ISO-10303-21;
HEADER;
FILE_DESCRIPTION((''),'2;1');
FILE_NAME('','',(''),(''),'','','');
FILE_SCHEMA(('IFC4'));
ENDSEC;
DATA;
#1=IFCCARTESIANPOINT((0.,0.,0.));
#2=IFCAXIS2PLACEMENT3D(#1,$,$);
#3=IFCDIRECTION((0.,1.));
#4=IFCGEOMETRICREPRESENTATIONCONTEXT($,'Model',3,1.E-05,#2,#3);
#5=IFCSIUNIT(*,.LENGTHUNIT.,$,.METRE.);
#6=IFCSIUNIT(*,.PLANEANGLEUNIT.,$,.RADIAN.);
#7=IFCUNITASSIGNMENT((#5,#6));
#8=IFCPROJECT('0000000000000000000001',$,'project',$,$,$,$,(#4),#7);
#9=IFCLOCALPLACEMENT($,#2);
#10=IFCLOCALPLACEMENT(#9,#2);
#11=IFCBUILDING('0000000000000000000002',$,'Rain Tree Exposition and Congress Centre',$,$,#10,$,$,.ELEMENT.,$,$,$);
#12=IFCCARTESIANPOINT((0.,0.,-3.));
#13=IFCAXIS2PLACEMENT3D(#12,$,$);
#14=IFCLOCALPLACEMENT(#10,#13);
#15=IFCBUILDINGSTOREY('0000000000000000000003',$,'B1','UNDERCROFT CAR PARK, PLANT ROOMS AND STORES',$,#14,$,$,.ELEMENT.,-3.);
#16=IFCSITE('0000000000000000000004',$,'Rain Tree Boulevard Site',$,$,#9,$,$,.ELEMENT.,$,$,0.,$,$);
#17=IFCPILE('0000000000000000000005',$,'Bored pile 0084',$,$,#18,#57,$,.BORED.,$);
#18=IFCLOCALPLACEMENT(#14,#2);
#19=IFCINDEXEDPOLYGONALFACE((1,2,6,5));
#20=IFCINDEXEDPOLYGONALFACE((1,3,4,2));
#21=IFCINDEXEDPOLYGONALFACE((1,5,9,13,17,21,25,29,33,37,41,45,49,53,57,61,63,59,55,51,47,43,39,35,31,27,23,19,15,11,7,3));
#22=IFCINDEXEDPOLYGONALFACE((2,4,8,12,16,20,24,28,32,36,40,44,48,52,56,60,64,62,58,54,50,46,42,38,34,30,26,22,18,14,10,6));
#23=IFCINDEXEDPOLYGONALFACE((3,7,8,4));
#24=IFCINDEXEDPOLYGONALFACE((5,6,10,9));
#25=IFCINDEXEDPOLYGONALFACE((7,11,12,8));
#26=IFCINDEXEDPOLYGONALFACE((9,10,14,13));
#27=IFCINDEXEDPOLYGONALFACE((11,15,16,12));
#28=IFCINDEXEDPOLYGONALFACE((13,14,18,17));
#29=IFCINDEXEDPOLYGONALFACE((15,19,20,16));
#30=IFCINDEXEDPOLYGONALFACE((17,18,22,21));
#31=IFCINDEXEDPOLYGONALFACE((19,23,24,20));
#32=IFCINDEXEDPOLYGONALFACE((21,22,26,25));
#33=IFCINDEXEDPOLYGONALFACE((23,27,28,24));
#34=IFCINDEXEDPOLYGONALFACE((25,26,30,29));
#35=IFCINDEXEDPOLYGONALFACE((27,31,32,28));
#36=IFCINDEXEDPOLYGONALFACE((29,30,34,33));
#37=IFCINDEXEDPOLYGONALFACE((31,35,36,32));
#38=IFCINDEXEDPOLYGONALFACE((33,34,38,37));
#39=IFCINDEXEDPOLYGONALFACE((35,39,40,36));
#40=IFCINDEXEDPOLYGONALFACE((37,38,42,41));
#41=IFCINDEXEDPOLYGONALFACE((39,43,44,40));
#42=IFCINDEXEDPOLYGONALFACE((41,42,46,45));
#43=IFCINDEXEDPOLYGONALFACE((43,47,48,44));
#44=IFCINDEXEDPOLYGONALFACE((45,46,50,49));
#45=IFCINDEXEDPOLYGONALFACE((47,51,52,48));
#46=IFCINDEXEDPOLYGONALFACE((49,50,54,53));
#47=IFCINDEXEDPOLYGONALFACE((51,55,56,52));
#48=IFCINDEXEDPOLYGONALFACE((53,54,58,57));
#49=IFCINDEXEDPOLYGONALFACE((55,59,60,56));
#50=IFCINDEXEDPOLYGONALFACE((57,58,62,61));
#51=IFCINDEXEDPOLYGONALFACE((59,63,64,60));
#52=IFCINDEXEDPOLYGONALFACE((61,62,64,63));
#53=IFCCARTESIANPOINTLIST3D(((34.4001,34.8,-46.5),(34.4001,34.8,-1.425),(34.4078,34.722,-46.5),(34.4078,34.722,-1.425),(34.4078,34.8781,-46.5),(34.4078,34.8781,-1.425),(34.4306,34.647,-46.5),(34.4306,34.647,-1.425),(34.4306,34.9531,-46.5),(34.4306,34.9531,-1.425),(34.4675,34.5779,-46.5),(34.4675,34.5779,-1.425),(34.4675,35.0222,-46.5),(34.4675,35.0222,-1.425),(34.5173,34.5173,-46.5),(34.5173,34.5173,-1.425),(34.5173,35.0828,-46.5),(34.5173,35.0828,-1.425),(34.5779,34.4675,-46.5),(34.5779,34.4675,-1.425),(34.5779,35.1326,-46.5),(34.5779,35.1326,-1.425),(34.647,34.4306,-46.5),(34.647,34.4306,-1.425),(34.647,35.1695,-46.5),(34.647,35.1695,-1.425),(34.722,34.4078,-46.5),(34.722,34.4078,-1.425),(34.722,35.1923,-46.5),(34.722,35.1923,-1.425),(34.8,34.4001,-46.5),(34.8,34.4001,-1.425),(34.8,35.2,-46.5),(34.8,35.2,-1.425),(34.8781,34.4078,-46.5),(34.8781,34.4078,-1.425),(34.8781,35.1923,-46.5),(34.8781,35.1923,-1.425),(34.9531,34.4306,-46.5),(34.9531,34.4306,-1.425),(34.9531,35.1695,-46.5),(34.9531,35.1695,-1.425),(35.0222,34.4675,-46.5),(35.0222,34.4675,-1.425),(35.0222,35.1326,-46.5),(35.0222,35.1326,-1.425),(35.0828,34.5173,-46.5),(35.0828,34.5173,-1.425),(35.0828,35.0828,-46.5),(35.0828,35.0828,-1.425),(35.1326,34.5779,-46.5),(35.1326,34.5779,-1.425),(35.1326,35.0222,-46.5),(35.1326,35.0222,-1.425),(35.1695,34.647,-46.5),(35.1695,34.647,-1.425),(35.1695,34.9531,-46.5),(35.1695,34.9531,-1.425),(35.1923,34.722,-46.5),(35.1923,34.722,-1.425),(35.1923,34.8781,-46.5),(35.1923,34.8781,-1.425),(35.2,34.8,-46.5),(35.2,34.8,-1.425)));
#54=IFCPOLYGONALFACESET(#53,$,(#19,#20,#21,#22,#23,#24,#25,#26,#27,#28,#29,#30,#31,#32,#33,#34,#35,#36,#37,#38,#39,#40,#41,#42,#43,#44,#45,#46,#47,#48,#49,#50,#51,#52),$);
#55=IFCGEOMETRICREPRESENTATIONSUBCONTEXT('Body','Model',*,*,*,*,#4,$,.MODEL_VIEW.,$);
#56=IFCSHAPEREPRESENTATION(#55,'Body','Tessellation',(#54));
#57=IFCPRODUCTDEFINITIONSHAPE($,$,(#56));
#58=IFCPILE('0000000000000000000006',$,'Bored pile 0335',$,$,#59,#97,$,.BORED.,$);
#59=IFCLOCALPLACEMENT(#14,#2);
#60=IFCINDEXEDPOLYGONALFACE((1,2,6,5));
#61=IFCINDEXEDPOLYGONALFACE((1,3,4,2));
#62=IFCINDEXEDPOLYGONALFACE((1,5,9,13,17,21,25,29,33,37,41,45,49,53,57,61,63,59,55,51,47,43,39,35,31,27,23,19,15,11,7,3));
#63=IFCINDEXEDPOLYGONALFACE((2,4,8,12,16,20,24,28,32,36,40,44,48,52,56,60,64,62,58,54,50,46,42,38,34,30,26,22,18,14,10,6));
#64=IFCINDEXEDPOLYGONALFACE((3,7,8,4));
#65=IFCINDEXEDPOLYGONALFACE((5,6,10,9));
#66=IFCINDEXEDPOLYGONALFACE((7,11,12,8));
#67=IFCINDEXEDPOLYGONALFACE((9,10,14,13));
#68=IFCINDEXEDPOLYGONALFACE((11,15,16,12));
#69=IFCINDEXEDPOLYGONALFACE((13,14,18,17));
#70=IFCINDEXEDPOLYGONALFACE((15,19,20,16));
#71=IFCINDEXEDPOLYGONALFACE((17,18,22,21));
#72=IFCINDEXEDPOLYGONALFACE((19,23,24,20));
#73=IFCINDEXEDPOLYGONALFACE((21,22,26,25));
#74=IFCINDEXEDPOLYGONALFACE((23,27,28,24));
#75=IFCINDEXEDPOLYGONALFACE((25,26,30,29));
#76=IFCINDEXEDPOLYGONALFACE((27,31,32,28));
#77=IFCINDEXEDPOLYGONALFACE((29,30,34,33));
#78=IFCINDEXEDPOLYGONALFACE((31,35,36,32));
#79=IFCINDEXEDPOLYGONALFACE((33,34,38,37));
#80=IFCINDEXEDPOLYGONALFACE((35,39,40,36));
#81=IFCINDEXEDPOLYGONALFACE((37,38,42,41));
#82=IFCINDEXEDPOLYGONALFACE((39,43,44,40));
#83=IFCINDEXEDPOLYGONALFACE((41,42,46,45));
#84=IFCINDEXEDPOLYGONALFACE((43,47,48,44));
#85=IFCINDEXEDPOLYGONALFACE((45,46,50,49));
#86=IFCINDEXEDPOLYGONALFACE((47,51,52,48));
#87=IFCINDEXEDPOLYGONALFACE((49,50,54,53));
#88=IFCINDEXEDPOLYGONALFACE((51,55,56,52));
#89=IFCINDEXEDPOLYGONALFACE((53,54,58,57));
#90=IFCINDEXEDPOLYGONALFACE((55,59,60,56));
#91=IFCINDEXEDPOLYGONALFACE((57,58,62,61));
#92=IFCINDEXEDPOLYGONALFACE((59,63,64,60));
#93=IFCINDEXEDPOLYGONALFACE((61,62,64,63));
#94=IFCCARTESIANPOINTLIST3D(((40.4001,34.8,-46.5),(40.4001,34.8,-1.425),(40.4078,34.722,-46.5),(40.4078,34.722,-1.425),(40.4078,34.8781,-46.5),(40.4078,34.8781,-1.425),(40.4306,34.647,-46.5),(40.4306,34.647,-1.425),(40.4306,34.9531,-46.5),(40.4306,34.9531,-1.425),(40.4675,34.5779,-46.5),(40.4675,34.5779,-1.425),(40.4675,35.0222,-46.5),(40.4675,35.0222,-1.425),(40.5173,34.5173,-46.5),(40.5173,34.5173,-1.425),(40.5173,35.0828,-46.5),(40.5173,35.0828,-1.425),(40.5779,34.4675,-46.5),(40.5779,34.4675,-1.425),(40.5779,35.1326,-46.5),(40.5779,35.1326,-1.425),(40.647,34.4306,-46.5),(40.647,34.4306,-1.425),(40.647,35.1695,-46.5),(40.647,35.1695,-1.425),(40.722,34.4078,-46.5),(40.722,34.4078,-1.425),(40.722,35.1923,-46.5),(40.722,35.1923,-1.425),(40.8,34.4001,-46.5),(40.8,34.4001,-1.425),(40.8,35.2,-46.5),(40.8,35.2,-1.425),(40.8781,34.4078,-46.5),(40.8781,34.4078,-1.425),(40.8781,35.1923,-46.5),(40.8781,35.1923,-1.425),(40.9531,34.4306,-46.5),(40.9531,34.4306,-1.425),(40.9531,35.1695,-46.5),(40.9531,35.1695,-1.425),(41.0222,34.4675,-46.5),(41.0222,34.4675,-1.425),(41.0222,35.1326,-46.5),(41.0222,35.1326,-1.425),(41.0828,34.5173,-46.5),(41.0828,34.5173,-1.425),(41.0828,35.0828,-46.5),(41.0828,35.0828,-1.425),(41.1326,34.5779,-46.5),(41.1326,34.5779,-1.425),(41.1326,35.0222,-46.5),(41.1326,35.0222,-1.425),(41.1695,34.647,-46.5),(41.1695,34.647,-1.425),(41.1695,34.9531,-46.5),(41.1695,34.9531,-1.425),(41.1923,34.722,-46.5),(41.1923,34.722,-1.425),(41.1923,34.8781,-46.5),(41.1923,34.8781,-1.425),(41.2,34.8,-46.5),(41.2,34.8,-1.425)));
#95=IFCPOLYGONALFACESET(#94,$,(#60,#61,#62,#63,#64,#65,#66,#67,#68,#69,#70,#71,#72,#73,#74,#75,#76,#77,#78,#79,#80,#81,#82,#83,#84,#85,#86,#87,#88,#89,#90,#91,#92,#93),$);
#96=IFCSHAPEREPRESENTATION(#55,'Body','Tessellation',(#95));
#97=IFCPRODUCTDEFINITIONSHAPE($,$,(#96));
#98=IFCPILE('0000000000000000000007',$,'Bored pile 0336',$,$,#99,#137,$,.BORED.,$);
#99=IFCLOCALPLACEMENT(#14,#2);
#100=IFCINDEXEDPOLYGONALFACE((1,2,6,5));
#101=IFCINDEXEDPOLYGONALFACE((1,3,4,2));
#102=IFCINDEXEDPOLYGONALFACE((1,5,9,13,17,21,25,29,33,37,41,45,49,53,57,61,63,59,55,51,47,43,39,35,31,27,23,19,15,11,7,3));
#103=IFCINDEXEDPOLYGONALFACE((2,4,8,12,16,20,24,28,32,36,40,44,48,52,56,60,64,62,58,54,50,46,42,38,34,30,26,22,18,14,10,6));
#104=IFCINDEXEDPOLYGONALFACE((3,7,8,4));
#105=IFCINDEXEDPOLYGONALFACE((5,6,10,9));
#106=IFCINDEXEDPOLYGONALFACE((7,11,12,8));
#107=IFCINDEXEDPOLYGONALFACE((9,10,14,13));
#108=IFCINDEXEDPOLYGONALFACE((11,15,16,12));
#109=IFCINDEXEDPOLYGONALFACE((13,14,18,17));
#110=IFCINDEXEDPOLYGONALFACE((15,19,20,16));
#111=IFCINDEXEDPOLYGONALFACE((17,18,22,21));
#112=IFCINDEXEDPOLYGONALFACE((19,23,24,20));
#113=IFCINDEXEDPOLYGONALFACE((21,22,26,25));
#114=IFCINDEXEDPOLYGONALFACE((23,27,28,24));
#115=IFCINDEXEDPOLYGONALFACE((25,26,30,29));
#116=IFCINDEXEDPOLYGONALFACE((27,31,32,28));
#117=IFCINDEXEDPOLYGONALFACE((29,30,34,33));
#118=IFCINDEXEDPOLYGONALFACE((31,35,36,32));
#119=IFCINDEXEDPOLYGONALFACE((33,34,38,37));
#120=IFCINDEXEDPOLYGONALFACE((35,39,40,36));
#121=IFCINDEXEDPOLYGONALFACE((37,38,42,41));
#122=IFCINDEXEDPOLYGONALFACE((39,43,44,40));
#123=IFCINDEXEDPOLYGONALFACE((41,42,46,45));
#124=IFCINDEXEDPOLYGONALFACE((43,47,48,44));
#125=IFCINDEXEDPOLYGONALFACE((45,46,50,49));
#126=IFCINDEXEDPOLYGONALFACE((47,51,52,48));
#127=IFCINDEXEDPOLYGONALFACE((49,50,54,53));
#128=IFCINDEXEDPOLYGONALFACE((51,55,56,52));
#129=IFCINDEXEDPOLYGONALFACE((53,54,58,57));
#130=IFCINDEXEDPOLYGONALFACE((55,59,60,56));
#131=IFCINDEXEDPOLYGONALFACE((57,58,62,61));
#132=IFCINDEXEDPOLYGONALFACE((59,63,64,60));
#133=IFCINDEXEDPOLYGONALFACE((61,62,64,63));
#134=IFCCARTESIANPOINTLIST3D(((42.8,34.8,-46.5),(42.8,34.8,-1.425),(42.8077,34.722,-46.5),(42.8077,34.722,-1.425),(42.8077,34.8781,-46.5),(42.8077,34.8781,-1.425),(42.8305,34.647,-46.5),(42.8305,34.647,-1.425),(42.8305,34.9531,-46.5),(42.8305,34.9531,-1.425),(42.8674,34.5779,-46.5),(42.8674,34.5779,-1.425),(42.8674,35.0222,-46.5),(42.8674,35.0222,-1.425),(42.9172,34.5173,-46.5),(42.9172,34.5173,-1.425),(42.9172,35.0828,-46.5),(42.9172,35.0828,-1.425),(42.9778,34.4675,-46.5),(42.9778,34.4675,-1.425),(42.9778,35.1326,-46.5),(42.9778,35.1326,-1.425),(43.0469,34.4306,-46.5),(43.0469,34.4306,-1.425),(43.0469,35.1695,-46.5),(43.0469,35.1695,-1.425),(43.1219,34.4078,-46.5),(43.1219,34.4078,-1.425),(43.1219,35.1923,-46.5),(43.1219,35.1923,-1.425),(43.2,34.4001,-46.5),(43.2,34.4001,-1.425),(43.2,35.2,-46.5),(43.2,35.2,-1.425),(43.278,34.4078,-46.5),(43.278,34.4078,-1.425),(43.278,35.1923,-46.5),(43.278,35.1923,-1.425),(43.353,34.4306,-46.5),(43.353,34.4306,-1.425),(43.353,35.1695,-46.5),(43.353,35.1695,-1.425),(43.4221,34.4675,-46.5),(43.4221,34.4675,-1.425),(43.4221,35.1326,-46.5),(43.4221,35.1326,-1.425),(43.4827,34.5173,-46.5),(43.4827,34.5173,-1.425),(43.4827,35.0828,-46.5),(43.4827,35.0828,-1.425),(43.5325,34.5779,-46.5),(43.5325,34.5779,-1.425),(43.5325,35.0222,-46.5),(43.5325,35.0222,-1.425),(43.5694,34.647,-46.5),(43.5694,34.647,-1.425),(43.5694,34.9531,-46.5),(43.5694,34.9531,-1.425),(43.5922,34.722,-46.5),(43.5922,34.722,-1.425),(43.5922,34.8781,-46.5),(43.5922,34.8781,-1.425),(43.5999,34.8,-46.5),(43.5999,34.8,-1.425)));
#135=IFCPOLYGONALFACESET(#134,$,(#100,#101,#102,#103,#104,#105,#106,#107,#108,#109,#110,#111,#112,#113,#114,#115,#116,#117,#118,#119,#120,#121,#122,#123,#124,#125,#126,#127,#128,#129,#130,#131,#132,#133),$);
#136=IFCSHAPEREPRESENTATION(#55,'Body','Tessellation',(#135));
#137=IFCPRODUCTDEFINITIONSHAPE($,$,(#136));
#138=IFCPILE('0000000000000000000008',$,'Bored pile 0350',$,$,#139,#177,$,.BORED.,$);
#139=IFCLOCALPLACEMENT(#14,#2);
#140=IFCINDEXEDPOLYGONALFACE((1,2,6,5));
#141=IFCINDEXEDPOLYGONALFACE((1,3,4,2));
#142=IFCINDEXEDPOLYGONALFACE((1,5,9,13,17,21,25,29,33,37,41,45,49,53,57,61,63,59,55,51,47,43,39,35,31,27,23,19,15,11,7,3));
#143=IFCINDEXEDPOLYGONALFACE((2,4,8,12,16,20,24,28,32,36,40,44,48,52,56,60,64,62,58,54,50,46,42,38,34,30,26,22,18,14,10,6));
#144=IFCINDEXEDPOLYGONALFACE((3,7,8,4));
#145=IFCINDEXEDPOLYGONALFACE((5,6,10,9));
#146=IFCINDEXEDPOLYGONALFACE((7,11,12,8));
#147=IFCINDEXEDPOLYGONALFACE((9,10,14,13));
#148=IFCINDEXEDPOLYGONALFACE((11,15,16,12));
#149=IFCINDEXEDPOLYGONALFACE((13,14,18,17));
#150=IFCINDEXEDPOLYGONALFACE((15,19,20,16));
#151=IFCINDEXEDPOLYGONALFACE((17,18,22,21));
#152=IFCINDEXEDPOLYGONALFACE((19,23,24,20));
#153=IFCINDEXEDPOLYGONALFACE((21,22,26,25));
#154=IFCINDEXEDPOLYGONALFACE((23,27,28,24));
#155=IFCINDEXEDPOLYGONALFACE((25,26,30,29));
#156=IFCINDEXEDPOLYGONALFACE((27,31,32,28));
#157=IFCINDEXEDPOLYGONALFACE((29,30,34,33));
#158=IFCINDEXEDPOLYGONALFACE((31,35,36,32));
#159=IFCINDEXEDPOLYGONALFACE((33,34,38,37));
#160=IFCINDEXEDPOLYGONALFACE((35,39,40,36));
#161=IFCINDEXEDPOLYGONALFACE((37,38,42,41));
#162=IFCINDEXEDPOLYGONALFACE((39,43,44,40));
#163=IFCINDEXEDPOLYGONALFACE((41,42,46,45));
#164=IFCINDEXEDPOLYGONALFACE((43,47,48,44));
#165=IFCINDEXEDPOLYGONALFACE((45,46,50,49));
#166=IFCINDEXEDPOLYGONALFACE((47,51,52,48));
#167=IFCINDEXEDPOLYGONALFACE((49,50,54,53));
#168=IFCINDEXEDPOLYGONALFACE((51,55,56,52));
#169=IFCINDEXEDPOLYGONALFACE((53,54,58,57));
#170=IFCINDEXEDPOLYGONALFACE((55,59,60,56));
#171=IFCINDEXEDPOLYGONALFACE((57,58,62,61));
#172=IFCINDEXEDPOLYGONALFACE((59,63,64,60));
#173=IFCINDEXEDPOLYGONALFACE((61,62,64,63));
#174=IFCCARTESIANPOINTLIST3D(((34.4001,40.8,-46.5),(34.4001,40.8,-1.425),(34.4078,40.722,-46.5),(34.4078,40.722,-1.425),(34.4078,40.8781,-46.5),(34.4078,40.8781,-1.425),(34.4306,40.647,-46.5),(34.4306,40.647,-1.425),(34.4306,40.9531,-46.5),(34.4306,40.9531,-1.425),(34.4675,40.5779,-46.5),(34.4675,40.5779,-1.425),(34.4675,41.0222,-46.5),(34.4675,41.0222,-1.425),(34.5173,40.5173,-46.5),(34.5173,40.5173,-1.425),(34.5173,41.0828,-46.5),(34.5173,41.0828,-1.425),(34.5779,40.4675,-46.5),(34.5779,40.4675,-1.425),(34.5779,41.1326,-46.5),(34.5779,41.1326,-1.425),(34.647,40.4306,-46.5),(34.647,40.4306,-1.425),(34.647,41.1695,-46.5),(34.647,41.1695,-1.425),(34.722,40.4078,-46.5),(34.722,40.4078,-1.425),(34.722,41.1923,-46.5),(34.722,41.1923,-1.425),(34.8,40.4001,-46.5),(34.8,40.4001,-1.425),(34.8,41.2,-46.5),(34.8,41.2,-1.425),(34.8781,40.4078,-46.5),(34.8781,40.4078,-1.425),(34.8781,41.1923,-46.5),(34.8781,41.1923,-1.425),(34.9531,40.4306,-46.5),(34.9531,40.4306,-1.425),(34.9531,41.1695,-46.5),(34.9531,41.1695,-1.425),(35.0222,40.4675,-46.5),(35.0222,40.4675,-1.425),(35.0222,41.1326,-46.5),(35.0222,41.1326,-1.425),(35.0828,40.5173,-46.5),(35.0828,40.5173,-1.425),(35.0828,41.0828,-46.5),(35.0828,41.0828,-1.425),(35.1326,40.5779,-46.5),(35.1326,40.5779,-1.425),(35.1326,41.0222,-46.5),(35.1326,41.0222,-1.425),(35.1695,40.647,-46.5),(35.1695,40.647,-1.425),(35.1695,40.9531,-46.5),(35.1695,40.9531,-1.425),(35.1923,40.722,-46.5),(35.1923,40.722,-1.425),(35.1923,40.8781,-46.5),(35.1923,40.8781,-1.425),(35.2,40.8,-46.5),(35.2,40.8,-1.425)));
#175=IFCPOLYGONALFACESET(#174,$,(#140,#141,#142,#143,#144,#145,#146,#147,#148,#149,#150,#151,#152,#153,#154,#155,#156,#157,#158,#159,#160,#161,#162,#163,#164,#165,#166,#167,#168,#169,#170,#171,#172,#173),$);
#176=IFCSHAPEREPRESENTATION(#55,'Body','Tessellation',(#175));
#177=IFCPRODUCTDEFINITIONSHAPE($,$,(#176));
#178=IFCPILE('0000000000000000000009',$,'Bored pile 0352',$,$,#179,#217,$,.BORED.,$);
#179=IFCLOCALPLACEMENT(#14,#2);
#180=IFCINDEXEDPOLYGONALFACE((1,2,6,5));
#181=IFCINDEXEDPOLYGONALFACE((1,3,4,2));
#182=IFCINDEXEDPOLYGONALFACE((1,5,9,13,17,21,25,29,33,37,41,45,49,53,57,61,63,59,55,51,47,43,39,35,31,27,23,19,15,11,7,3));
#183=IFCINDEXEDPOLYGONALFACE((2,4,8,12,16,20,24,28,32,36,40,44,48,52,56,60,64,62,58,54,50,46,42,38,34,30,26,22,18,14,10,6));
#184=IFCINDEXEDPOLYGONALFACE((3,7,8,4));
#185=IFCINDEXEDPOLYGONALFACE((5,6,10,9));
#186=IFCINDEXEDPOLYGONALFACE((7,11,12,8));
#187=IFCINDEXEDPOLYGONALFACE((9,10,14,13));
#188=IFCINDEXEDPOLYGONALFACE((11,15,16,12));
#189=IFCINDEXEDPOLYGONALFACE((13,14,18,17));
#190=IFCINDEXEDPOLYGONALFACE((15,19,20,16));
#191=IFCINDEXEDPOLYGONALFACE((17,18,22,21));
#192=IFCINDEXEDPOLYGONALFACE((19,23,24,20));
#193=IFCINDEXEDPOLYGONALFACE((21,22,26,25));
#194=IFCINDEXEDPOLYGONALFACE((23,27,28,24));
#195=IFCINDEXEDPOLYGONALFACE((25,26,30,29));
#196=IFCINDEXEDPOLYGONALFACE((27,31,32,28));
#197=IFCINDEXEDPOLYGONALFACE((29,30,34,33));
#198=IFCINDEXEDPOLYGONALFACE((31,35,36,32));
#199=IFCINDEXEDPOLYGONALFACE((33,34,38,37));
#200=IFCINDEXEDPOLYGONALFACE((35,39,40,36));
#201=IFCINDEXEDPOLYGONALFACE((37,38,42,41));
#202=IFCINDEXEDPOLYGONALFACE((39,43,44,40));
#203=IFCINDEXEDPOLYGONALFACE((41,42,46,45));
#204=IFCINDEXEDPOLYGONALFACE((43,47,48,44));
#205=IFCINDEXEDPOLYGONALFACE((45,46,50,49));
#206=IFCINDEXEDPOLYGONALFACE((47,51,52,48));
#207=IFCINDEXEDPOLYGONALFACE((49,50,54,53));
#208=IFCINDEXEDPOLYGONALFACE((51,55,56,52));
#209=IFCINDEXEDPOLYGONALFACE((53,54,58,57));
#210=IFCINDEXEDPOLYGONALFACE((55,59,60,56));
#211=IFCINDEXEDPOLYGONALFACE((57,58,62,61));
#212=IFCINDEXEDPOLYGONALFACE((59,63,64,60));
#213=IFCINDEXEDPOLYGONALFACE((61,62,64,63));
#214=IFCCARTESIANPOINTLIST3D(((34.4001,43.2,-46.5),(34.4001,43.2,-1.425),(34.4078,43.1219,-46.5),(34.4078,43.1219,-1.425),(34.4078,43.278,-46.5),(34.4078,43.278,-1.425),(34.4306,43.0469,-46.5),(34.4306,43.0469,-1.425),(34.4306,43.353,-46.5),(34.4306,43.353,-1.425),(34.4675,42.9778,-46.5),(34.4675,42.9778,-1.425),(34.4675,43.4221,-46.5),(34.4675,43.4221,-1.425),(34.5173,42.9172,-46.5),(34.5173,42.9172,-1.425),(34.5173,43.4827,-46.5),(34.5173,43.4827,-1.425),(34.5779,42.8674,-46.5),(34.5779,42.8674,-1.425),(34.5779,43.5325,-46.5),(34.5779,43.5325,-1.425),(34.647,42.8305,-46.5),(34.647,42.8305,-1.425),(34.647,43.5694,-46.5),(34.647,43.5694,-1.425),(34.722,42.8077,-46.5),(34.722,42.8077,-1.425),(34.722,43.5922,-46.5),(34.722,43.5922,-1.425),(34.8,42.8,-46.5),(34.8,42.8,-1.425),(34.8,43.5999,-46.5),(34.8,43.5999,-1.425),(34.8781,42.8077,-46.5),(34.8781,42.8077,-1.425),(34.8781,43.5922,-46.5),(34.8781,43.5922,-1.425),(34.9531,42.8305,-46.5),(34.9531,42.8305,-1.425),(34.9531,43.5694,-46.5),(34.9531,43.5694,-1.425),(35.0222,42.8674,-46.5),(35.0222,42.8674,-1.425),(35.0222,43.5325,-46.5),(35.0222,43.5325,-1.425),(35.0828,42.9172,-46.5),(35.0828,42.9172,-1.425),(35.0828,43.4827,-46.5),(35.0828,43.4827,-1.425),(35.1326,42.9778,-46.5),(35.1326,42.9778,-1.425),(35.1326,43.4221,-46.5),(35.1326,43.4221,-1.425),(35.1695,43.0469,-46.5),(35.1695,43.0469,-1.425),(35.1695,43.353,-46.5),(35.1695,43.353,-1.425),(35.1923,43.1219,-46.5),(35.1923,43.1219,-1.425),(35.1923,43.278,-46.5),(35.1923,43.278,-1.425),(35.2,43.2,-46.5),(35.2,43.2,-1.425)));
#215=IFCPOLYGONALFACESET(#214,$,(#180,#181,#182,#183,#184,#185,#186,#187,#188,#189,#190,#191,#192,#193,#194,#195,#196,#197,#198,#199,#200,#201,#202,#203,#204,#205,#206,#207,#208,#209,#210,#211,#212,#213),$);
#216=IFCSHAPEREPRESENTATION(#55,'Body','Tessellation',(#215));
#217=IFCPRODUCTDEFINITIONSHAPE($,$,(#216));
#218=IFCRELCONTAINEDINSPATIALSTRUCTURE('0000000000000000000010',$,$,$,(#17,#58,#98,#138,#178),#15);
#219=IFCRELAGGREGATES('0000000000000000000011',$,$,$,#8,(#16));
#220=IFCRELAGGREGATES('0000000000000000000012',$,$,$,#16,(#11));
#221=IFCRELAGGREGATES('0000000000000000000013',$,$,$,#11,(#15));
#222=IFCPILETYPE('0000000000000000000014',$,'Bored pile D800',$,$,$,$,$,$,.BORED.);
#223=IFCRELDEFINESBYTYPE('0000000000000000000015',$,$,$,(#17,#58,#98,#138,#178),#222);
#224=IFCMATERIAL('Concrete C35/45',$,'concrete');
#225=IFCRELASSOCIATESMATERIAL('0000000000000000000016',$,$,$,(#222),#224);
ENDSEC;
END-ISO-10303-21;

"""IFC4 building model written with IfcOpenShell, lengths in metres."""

from ifc_helpers import new_model, si_unit, direction, frame, origin, origin_2d, place, context, subcontext, project, spatial, circle, extrude, material, material_profile, profile_set, type_object, element, save


model = new_model("IFC4")

# Units and contexts
model_context = context("Model", 3, precision=1e-05, world=origin(), true_north=direction((0.0, 1.0)))
body_context = subcontext(model_context, "Body", "Model", "MODEL_VIEW")
ifc_project = project(units=[si_unit("LENGTHUNIT", "METRE"), si_unit("PLANEANGLEUNIT", "RADIAN")], contexts=[model_context])

# Site, building, storey
site_placement = place(None, origin())
site = spatial("IfcSite", under=ifc_project, at=site_placement, Name="Rain Tree Boulevard Site", CompositionType="ELEMENT", RefElevation=0.0)
building_placement = place(site_placement, origin())
building = spatial("IfcBuilding", under=site, at=building_placement, Name="Rain Tree Exposition and Congress Centre", CompositionType="ELEMENT")
storey_placement = place(building_placement, frame((0.0, 0.0, -3.0)))
storey = spatial("IfcBuildingStorey", under=building, at=storey_placement, Name="B1", Description="UNDERCROFT CAR PARK, PLANT ROOMS AND STORES", CompositionType="ELEMENT", Elevation=-3.0)

# Piles
ifc_material_1 = material(Name="Concrete C35/45", Category="concrete")
ifc_material_profile_1 = material_profile(ifc_material_1, circle(Radius=0.3999, at=origin_2d()), Name="D800")
ifc_profile_set_1 = profile_set([ifc_material_profile_1], Name="Concrete C35/45")
pile_type = type_object("IfcPileType", Name="Bored pile D800", PredefinedType="BORED", material=ifc_profile_set_1)
for number, where, z_axis, x_axis, name in (
    (1, (34.8, 34.8, -1.425), (0.0, 0.0, -1.0), (1.0, 0.0, 0.0), "Bored pile 0084"),
    (2, (40.8, 34.8, -1.425), (0.0, 0.0, -1.0), (1.0, 0.0, 0.0), "Bored pile 0335"),
    (3, (43.2, 34.8, -1.425), (0.0, 0.0, -1.0), (1.0, 0.0, 0.0), "Bored pile 0336"),
    (4, (34.8, 40.8, -1.425), (0.0, 0.0, -1.0), (1.0, 0.0, 0.0), "Bored pile 0350"),
    (5, (34.8, 43.2, -1.425), (0.0, 0.0, -1.0), (1.0, 0.0, 0.0), "Bored pile 0352"),
):
    element("IfcPile", number, at=place(storey_placement, frame(where, z_axis=z_axis, x_axis=x_axis)), inside=storey, type_object=pile_type, Name=name, PredefinedType="BORED", context=body_context, shape_type="SweptSolid", body=[
        extrude(circle(Radius=0.3999, at=origin_2d()), origin(), (0.0, 0.0, 1.0), 45.075),
    ])

save(model, "model.ifc")
